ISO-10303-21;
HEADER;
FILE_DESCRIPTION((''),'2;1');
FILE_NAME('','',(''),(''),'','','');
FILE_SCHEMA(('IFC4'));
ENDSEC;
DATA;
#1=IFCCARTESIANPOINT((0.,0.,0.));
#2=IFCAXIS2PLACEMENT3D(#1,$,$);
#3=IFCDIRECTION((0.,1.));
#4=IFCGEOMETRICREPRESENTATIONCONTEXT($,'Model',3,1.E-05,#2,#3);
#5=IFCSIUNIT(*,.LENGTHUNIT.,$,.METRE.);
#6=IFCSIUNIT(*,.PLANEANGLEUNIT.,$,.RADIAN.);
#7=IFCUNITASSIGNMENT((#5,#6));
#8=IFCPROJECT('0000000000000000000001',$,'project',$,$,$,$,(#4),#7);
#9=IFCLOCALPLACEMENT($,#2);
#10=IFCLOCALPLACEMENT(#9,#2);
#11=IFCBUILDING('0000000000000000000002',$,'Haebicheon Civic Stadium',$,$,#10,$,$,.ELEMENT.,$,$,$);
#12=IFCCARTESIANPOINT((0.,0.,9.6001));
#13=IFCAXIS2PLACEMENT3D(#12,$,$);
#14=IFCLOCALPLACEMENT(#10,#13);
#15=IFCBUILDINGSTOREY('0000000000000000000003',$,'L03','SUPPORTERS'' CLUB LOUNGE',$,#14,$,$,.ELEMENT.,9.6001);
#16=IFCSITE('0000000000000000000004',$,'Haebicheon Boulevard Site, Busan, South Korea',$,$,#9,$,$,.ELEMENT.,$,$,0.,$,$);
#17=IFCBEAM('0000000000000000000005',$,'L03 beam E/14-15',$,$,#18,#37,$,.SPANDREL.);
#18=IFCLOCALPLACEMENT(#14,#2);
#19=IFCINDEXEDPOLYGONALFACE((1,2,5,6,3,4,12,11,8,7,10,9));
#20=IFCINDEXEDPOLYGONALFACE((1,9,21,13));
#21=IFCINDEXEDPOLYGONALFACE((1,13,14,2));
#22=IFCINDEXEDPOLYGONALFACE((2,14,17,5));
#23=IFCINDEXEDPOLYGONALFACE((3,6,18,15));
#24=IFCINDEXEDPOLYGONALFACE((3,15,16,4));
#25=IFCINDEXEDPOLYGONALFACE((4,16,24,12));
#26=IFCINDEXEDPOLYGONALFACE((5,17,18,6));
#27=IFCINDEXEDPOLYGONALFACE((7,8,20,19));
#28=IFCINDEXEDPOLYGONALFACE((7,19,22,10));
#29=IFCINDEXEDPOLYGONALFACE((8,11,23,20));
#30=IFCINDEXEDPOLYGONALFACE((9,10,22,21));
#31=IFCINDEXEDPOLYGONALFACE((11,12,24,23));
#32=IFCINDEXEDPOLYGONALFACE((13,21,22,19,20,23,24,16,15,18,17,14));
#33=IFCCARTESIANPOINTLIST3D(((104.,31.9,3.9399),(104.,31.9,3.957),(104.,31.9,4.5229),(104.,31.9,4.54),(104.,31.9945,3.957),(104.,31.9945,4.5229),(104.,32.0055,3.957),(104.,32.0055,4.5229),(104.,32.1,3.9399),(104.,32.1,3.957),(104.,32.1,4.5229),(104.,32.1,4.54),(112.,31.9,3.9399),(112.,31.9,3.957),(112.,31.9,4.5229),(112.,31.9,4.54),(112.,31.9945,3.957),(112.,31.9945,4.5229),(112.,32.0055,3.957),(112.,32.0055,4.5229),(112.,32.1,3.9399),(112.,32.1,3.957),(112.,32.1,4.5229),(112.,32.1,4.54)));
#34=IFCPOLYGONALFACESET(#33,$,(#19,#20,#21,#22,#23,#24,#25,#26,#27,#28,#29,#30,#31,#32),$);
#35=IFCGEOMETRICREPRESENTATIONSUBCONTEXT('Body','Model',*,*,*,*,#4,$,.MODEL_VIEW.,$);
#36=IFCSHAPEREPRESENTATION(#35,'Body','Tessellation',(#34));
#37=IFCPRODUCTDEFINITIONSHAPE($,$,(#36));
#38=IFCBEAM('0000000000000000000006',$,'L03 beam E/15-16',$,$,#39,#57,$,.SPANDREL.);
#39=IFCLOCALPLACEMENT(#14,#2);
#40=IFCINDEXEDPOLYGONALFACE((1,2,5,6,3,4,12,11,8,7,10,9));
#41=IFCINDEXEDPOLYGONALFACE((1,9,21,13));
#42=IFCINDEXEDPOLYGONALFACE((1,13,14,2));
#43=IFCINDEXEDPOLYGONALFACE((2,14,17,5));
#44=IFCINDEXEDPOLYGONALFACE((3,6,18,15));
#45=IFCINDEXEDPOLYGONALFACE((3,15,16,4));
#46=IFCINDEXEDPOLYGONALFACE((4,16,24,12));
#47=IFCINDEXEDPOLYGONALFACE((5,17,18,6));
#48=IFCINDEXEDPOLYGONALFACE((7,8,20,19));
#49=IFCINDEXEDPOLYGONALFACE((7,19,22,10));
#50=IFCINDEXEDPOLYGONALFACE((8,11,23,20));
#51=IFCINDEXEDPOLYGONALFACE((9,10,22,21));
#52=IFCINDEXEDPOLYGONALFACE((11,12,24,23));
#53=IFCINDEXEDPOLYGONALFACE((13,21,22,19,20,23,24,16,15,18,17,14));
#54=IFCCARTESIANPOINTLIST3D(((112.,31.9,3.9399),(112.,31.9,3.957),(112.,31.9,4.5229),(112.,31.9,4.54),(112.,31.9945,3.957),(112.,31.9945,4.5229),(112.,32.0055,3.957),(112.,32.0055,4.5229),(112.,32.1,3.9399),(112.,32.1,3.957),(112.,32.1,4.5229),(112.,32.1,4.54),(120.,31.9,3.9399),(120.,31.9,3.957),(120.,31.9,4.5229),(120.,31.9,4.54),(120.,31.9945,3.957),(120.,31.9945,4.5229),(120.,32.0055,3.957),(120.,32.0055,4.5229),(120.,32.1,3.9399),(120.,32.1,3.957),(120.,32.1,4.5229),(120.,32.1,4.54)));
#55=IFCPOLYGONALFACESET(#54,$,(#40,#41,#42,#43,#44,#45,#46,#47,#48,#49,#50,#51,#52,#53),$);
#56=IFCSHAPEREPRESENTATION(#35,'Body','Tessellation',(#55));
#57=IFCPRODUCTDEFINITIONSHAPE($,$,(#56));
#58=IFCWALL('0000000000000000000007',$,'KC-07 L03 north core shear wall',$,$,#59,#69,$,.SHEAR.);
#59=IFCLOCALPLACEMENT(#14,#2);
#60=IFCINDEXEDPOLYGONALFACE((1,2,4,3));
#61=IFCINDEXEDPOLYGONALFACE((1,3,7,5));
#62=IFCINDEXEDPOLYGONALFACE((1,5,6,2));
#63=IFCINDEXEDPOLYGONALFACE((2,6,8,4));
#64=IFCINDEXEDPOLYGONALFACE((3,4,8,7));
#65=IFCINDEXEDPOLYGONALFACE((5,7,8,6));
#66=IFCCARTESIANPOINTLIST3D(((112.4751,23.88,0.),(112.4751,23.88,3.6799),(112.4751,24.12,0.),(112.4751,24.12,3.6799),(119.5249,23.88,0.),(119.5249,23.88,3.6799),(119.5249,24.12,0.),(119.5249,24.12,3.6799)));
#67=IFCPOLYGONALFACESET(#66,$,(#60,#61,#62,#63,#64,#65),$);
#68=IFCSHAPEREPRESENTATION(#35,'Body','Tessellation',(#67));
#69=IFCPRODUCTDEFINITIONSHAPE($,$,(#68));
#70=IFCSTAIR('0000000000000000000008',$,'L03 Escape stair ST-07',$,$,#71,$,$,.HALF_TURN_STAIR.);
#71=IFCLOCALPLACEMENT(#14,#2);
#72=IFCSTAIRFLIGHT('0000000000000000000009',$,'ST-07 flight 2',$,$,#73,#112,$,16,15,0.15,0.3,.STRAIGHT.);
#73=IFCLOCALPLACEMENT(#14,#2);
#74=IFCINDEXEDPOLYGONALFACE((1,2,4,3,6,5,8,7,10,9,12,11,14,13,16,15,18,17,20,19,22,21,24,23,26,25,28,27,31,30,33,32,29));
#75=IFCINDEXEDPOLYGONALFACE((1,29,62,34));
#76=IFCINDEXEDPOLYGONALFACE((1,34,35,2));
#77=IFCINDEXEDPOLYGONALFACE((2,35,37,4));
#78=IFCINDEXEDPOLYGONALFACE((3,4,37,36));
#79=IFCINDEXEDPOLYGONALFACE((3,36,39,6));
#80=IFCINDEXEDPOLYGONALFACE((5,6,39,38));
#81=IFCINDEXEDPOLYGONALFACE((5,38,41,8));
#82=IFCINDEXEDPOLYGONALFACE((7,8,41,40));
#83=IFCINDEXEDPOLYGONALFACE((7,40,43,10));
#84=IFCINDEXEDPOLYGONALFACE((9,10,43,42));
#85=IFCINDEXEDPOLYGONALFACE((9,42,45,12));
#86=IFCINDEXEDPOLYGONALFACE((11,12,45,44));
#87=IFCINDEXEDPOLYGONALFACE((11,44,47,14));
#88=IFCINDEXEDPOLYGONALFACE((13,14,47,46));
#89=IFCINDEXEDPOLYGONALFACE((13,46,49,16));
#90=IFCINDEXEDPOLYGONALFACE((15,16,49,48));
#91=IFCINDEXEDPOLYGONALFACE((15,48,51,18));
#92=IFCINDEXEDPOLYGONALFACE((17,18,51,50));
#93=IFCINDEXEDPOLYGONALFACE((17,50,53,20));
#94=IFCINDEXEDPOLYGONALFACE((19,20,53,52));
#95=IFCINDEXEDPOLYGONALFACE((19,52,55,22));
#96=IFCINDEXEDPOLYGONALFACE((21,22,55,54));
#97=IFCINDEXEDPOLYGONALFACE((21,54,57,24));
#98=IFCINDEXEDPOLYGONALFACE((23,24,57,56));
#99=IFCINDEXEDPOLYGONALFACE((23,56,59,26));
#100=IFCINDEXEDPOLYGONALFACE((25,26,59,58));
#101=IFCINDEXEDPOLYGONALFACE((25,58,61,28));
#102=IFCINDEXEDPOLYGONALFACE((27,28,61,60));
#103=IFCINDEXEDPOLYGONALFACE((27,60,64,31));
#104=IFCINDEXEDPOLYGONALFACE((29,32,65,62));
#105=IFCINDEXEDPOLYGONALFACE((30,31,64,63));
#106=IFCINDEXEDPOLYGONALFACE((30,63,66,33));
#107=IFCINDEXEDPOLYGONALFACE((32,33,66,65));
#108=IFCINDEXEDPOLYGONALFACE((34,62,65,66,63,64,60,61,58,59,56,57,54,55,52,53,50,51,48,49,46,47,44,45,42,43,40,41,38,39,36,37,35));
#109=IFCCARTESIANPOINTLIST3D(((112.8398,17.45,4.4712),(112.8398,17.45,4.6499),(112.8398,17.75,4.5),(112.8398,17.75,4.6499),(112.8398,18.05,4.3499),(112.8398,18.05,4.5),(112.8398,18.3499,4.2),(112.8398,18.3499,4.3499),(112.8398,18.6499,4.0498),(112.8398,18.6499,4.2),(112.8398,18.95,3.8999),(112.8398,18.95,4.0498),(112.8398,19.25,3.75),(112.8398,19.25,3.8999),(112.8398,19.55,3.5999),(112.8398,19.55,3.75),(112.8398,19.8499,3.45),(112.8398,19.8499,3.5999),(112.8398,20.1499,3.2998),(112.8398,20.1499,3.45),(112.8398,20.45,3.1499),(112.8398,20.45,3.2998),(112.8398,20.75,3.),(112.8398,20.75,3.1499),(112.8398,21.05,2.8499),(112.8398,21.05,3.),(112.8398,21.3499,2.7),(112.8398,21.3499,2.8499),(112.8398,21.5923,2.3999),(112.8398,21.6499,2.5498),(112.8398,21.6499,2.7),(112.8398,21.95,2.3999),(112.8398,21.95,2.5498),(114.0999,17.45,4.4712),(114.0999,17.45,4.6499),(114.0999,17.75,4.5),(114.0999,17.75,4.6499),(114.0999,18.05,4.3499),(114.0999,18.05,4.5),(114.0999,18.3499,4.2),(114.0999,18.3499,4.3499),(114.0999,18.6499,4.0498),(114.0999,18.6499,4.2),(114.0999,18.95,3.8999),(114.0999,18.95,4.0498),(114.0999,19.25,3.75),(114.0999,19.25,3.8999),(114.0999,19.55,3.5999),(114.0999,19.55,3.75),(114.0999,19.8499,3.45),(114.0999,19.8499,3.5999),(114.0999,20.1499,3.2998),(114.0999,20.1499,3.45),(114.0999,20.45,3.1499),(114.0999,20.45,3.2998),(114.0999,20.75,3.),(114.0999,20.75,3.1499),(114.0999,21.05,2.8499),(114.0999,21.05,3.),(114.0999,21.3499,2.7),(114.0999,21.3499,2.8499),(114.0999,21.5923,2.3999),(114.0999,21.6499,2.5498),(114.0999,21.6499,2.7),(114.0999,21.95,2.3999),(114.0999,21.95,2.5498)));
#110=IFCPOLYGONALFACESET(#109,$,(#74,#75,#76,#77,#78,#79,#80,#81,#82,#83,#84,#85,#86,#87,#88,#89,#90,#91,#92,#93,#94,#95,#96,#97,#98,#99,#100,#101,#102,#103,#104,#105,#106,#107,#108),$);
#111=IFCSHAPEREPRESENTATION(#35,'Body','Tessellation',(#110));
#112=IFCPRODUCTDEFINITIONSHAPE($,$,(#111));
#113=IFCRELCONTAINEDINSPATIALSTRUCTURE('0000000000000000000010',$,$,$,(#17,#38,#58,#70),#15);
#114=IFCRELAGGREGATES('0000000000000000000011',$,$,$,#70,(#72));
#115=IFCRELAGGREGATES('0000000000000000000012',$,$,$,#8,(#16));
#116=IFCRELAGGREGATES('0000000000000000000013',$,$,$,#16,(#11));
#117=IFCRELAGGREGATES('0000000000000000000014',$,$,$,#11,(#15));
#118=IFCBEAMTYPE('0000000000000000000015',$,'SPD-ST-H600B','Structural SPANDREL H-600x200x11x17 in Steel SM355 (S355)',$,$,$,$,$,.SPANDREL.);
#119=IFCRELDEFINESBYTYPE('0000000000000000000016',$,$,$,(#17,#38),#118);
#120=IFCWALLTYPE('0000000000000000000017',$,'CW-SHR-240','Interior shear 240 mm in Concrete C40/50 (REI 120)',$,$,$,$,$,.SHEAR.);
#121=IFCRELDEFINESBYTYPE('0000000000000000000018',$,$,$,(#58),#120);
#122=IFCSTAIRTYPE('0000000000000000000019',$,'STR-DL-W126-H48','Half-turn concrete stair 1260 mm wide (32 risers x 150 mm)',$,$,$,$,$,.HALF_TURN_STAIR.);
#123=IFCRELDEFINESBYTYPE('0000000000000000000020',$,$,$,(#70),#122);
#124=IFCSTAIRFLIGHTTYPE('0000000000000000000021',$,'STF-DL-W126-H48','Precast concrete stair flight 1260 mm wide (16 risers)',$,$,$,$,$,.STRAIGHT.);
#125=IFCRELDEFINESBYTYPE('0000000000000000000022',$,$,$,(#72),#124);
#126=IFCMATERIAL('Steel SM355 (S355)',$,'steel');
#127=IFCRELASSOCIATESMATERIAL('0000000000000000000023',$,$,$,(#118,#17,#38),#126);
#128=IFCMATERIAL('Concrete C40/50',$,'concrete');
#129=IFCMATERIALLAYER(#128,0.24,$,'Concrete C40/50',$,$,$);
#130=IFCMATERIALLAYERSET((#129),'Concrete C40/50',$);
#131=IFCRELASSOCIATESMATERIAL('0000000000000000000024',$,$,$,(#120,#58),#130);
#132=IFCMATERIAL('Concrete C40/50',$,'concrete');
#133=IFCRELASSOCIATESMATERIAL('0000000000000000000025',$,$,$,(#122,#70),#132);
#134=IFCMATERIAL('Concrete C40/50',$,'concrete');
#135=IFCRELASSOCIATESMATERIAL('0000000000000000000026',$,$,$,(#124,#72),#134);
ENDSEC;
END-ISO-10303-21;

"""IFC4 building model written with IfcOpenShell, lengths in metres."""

from ifc_helpers import new_model, si_unit, direction, frame, frame_2d, origin, origin_2d, place, context, subcontext, project, spatial, polyline, rectangle, i_section, outline, extrude, material, layer, layer_set, material_profile, profile_set, type_object, element, aggregate, save


model = new_model("IFC4")

# Units and contexts
model_context = context("Model", 3, precision=1e-05, world=origin(), true_north=direction((0.0, 1.0)))
body_context = subcontext(model_context, "Body", "Model", "MODEL_VIEW")
ifc_project = project(units=[si_unit("LENGTHUNIT", "METRE"), si_unit("PLANEANGLEUNIT", "RADIAN")], contexts=[model_context])

# Site, building, storey
site_placement = place(None, origin())
site = spatial("IfcSite", under=ifc_project, at=site_placement, Name="Haebicheon Boulevard Site, Busan, South Korea", CompositionType="ELEMENT", RefElevation=0.0)
building_placement = place(site_placement, origin())
building = spatial("IfcBuilding", under=site, at=building_placement, Name="Haebicheon Civic Stadium", CompositionType="ELEMENT")
storey_placement = place(building_placement, frame((0.0, 0.0, 9.6001)))
storey = spatial("IfcBuildingStorey", under=building, at=storey_placement, Name="L03", Description="SUPPORTERS' CLUB LOUNGE", CompositionType="ELEMENT", Elevation=9.6001)

# Beams
ifc_material_1 = material(Name="Steel SM355 (S355)", Category="steel")
ifc_material_profile_1 = material_profile(ifc_material_1, i_section(OverallWidth=0.2, OverallDepth=0.6001, WebThickness=0.011, FlangeThickness=0.0171, at=origin_2d()), Name="H-600x200x11x17")
ifc_profile_set_1 = profile_set([ifc_material_profile_1], Name="Steel SM355 (S355)")
beam_type_1 = type_object("IfcBeamType", Name="SPD-ST-H600B", Description="Structural SPANDREL H-600x200x11x17 in Steel SM355 (S355)", PredefinedType="SPANDREL", material=ifc_profile_set_1)
for number, where, z_axis, x_axis, name in (
    (1, (104.0, 32.0, 4.24), (1.0, 0.0, 0.0), (0.0, 1.0, 0.0), "L03 beam E/14-15"),
    (2, (112.0, 32.0, 4.24), (1.0, 0.0, 0.0), (0.0, 1.0, 0.0), "L03 beam E/15-16"),
):
    element("IfcBeam", number, at=place(storey_placement, frame(where, z_axis=z_axis, x_axis=x_axis)), inside=storey, type_object=beam_type_1, material=ifc_profile_set_1, Name=name, PredefinedType="SPANDREL", context=body_context, shape_type="SweptSolid", body=[
        extrude(i_section(OverallWidth=0.2, OverallDepth=0.6001, WebThickness=0.011, FlangeThickness=0.0171, at=origin_2d()), origin(), (0.0, 0.0, 1.0), 8.0),
    ])

# Wall
ifc_material_2 = material(Name="Concrete C40/50", Category="concrete")
ifc_layer = layer(ifc_material_2, 0.24, Name="Concrete C40/50")
ifc_layer_set = layer_set([ifc_layer], Name="Concrete C40/50")
wall_type = type_object("IfcWallType", Name="CW-SHR-240", Description="Interior shear 240 mm in Concrete C40/50 (REI 120)", PredefinedType="SHEAR", material=ifc_layer_set)
wall_placement = place(storey_placement, frame((112.4751, 24.0, 0.0), z_axis=(0.0, 0.0, 1.0), x_axis=(1.0, 0.0, 0.0)))
element("IfcWall", 3, at=wall_placement, inside=storey, type_object=wall_type, material=ifc_layer_set, Name="KC-07 L03 north core shear wall", PredefinedType="SHEAR", context=body_context, shape_type="SweptSolid", body=[
    extrude(rectangle(XDim=7.0498, YDim=0.24, at=frame_2d((3.5249, 0.0))), origin(), (0.0, 0.0, 1.0), 3.6799),
])

# Stair, stair flight
ifc_material_3 = material(Name="Concrete C40/50", Category="concrete")
stair_type = type_object("IfcStairType", Name="STR-DL-W126-H48", Description="Half-turn concrete stair 1260 mm wide (32 risers x 150 mm)", PredefinedType="HALF_TURN_STAIR", material=ifc_material_3)
stair_placement = place(storey_placement, origin())
stair = element("IfcStair", 4, at=stair_placement, inside=storey, type_object=stair_type, material=ifc_material_3, Name="L03 Escape stair ST-07", PredefinedType="HALF_TURN_STAIR")
ifc_material_4 = material(Name="Concrete C40/50", Category="concrete")
stair_flight_type = type_object("IfcStairFlightType", Name="STF-DL-W126-H48", Description="Precast concrete stair flight 1260 mm wide (16 risers)", PredefinedType="STRAIGHT", material=ifc_material_4)
stair_flight_placement = place(storey_placement, frame((113.47, 21.95, 2.3999), z_axis=(0.0, 0.0, 1.0), x_axis=(0.0, -1.0, 0.0)))
stair_flight = element("IfcStairFlight", 5, at=stair_flight_placement, type_object=stair_flight_type, material=ifc_material_4, Name="ST-07 flight 2", NumberOfRisers=16, NumberOfTreads=15, PredefinedType="STRAIGHT", RiserHeight=0.15, TreadLength=0.3, context=body_context, shape_type="SweptSolid", body=[
    extrude(outline(polyline([(0.0, 0.0), (0.0, 0.1499), (0.3, 0.1499), (0.3, 0.3), (0.6001, 0.3), (0.6001, 0.45), (0.8999, 0.45), (0.8999, 0.6001), (1.2, 0.6001), (1.2, 0.75), (1.5, 0.75), (1.5, 0.8999), (1.8, 0.8999), (1.8, 1.05), (2.1001, 1.05), (2.1001, 1.2), (2.3999, 1.2), (2.3999, 1.3501), (2.7, 1.3501), (2.7, 1.5), (3.0, 1.5), (3.0, 1.6499), (3.3, 1.6499), (3.3, 1.8), (3.6001, 1.8), (3.6001, 1.95), (3.8999, 1.95), (3.8999, 2.1001), (4.2, 2.1001), (4.2, 2.25), (4.5, 2.25), (4.5, 2.3999), (4.5, 2.0713), (0.3577, 0.0), (0.0, 0.0)])), frame((0.0, 0.6299, 0.0), z_axis=(0.0, -1.0, 0.0), x_axis=(1.0, 0.0, 0.0)), (0.0, 0.0, 1.0), 1.26),
])
aggregate(stair, [stair_flight])

save(model, "model.ifc")
